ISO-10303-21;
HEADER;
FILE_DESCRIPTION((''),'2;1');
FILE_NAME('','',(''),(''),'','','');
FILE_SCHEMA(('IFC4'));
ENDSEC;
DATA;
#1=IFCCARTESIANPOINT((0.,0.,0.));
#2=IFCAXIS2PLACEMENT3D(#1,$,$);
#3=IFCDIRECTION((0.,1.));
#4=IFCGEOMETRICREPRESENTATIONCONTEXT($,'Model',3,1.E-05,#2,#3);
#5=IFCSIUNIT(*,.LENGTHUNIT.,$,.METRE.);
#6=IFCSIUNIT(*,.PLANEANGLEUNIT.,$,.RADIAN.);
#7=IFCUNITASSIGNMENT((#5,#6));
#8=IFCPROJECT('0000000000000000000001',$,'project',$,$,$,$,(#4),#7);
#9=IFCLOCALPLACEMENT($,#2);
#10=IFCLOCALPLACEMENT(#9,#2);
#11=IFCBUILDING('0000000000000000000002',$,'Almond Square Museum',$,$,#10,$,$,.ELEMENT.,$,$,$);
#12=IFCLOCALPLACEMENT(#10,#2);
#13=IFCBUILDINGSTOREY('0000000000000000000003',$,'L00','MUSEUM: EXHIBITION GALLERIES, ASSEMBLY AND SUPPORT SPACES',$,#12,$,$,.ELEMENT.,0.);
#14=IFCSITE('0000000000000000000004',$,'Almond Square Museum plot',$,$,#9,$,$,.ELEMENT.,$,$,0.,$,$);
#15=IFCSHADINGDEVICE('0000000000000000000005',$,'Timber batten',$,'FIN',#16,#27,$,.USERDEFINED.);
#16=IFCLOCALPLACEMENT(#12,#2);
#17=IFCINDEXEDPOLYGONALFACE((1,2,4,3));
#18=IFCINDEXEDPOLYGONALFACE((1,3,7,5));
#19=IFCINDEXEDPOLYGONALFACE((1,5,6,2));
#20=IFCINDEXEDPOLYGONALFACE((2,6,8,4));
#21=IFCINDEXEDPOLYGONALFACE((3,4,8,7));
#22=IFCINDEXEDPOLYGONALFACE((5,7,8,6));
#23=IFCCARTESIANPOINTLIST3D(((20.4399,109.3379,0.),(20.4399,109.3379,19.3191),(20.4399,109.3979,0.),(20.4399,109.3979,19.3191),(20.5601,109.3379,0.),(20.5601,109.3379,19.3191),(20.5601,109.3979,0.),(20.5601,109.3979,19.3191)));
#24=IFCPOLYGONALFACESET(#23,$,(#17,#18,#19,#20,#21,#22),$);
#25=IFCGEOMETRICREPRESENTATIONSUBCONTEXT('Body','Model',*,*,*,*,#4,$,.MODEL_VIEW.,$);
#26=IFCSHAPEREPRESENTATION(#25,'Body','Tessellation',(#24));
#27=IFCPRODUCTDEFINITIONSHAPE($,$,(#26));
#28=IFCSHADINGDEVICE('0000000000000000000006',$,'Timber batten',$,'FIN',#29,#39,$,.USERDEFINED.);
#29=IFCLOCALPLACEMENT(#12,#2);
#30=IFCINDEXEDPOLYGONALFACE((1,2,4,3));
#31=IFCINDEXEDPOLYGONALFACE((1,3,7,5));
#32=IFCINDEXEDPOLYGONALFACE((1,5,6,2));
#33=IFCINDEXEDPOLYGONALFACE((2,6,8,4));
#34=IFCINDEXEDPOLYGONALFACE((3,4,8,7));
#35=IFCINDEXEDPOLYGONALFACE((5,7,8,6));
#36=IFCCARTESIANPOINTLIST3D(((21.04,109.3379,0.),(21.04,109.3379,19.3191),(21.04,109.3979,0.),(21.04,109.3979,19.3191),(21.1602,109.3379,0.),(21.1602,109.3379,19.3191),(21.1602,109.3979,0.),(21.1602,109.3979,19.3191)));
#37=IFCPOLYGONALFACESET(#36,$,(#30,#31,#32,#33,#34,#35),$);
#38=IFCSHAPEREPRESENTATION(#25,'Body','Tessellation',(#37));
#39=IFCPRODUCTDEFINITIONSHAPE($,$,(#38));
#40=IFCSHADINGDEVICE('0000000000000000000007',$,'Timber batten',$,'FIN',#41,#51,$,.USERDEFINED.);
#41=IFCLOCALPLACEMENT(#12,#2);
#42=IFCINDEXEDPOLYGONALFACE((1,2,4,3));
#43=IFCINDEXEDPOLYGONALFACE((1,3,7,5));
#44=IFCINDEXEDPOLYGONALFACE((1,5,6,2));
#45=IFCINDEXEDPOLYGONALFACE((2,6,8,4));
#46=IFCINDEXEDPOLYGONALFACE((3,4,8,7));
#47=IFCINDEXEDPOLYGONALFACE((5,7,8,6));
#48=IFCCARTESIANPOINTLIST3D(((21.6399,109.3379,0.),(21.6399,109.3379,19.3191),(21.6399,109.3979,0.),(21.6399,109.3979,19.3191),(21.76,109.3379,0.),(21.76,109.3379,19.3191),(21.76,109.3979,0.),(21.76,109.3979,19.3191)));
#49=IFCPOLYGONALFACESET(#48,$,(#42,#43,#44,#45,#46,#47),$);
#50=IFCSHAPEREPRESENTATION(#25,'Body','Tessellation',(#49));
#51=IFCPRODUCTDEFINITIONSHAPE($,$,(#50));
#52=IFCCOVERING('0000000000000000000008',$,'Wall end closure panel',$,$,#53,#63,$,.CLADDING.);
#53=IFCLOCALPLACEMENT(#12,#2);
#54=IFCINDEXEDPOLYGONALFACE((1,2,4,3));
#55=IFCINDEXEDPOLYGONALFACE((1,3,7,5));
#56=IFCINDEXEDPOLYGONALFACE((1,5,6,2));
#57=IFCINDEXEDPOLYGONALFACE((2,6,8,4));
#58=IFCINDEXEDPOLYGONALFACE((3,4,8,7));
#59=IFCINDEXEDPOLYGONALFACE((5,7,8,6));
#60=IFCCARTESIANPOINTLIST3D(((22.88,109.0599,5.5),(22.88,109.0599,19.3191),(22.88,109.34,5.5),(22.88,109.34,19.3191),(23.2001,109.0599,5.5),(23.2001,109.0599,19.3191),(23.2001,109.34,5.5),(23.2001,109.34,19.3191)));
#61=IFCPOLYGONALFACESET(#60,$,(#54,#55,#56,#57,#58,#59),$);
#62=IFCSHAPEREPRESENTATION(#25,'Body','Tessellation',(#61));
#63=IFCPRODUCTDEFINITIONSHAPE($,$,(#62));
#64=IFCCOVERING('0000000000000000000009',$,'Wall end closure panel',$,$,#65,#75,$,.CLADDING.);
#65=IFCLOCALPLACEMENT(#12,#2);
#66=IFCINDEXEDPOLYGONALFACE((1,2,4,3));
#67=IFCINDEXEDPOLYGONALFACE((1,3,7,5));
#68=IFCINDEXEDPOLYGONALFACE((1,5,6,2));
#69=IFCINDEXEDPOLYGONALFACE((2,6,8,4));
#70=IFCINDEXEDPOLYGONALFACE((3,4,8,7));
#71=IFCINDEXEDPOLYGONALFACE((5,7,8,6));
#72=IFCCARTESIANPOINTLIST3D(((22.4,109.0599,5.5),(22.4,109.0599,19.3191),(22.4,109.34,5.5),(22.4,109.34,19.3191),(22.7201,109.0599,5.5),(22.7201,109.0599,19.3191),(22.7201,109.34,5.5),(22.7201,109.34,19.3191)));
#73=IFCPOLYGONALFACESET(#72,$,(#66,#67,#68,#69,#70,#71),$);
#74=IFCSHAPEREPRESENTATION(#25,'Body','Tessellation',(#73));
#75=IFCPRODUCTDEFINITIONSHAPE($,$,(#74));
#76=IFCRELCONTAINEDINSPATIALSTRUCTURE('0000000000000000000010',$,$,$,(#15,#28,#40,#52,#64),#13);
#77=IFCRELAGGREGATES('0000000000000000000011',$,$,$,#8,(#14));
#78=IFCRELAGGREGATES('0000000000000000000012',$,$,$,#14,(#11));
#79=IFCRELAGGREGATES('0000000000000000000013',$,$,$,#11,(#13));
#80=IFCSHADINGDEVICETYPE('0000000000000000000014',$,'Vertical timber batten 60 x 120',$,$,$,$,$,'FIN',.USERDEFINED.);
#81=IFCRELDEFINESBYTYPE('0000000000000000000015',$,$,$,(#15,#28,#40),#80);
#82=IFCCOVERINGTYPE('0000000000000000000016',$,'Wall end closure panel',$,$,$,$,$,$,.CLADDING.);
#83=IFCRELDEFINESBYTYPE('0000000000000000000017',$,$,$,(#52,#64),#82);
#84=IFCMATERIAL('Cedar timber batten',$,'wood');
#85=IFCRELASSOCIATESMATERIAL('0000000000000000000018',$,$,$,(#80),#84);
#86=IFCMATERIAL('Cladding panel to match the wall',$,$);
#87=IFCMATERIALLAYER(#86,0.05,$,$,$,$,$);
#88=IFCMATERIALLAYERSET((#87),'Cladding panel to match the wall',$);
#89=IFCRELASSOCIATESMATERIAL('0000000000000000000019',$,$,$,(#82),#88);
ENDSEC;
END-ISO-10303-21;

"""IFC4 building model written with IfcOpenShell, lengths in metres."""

from ifc_helpers import new_model, si_unit, direction, frame, origin, origin_2d, place, context, subcontext, project, spatial, rectangle, extrude, material, layer, layer_set, material_profile, profile_set, type_object, element, save


model = new_model("IFC4")

# Units and contexts
model_context = context("Model", 3, precision=1e-05, world=origin(), true_north=direction((0.0, 1.0)))
body_context = subcontext(model_context, "Body", "Model", "MODEL_VIEW")
ifc_project = project(units=[si_unit("LENGTHUNIT", "METRE"), si_unit("PLANEANGLEUNIT", "RADIAN")], contexts=[model_context])

# Site, building, storey
site_placement = place(None, origin())
site = spatial("IfcSite", under=ifc_project, at=site_placement, Name="Almond Square Museum plot", CompositionType="ELEMENT", RefElevation=0.0)
building_placement = place(site_placement, origin())
building = spatial("IfcBuilding", under=site, at=building_placement, Name="Almond Square Museum", CompositionType="ELEMENT")
storey_placement = place(building_placement, origin())
storey = spatial("IfcBuildingStorey", under=building, at=storey_placement, Name="L00", Description="MUSEUM: EXHIBITION GALLERIES, ASSEMBLY AND SUPPORT SPACES", CompositionType="ELEMENT", Elevation=0.0)

# Shading devices
ifc_material_1 = material(Name="Cedar timber batten", Category="wood")
ifc_material_profile_1 = material_profile(ifc_material_1, rectangle(XDim=0.0601, YDim=0.1201, at=origin_2d()))
ifc_profile_set_1 = profile_set([ifc_material_profile_1], Name="Cedar timber batten")
shading_device_type_1 = type_object("IfcShadingDeviceType", Name="Vertical timber batten 60 x 120", ElementType="FIN", PredefinedType="USERDEFINED", material=ifc_profile_set_1)
for number, where, z_axis, x_axis, name in (
    (1, (20.5, 109.3679, 0.0), (0.0, 0.0, 1.0), (0.0, 1.0, 0.0), "Timber batten"),
    (2, (21.1001, 109.3679, 0.0), (0.0, 0.0, 1.0), (0.0, 1.0, 0.0), "Timber batten"),
    (3, (21.7, 109.3679, 0.0), (0.0, 0.0, 1.0), (0.0, 1.0, 0.0), "Timber batten"),
):
    element("IfcShadingDevice", number, at=place(storey_placement, frame(where, z_axis=z_axis, x_axis=x_axis)), inside=storey, type_object=shading_device_type_1, Name=name, ObjectType="FIN", PredefinedType="USERDEFINED", context=body_context, shape_type="SweptSolid", body=[
        extrude(rectangle(XDim=0.0601, YDim=0.1201, at=origin_2d()), origin(), (0.0, 0.0, 1.0), 19.3191),
    ])

# Coverings
ifc_material_2 = material(Name="Cladding panel to match the wall")
ifc_layer_1 = layer(ifc_material_2, 0.05)
ifc_layer_set_1 = layer_set([ifc_layer_1], Name="Cladding panel to match the wall")
covering_type_1 = type_object("IfcCoveringType", Name="Wall end closure panel", PredefinedType="CLADDING", material=ifc_layer_set_1)
for number, where, z_axis, x_axis, name in (
    (4, (23.04, 109.2, 5.5), (0.0, 0.0, 1.0), (1.0, 0.0, 0.0), "Wall end closure panel"),
    (5, (22.5601, 109.2, 5.5), (0.0, 0.0, 1.0), (1.0, 0.0, 0.0), "Wall end closure panel"),
):
    element("IfcCovering", number, at=place(storey_placement, frame(where, z_axis=z_axis, x_axis=x_axis)), inside=storey, type_object=covering_type_1, Name=name, PredefinedType="CLADDING", context=body_context, shape_type="SweptSolid", body=[
        extrude(rectangle(XDim=0.3201, YDim=0.28, at=origin_2d()), origin(), (0.0, 0.0, 1.0), 13.8191),
    ])

save(model, "model.ifc")
